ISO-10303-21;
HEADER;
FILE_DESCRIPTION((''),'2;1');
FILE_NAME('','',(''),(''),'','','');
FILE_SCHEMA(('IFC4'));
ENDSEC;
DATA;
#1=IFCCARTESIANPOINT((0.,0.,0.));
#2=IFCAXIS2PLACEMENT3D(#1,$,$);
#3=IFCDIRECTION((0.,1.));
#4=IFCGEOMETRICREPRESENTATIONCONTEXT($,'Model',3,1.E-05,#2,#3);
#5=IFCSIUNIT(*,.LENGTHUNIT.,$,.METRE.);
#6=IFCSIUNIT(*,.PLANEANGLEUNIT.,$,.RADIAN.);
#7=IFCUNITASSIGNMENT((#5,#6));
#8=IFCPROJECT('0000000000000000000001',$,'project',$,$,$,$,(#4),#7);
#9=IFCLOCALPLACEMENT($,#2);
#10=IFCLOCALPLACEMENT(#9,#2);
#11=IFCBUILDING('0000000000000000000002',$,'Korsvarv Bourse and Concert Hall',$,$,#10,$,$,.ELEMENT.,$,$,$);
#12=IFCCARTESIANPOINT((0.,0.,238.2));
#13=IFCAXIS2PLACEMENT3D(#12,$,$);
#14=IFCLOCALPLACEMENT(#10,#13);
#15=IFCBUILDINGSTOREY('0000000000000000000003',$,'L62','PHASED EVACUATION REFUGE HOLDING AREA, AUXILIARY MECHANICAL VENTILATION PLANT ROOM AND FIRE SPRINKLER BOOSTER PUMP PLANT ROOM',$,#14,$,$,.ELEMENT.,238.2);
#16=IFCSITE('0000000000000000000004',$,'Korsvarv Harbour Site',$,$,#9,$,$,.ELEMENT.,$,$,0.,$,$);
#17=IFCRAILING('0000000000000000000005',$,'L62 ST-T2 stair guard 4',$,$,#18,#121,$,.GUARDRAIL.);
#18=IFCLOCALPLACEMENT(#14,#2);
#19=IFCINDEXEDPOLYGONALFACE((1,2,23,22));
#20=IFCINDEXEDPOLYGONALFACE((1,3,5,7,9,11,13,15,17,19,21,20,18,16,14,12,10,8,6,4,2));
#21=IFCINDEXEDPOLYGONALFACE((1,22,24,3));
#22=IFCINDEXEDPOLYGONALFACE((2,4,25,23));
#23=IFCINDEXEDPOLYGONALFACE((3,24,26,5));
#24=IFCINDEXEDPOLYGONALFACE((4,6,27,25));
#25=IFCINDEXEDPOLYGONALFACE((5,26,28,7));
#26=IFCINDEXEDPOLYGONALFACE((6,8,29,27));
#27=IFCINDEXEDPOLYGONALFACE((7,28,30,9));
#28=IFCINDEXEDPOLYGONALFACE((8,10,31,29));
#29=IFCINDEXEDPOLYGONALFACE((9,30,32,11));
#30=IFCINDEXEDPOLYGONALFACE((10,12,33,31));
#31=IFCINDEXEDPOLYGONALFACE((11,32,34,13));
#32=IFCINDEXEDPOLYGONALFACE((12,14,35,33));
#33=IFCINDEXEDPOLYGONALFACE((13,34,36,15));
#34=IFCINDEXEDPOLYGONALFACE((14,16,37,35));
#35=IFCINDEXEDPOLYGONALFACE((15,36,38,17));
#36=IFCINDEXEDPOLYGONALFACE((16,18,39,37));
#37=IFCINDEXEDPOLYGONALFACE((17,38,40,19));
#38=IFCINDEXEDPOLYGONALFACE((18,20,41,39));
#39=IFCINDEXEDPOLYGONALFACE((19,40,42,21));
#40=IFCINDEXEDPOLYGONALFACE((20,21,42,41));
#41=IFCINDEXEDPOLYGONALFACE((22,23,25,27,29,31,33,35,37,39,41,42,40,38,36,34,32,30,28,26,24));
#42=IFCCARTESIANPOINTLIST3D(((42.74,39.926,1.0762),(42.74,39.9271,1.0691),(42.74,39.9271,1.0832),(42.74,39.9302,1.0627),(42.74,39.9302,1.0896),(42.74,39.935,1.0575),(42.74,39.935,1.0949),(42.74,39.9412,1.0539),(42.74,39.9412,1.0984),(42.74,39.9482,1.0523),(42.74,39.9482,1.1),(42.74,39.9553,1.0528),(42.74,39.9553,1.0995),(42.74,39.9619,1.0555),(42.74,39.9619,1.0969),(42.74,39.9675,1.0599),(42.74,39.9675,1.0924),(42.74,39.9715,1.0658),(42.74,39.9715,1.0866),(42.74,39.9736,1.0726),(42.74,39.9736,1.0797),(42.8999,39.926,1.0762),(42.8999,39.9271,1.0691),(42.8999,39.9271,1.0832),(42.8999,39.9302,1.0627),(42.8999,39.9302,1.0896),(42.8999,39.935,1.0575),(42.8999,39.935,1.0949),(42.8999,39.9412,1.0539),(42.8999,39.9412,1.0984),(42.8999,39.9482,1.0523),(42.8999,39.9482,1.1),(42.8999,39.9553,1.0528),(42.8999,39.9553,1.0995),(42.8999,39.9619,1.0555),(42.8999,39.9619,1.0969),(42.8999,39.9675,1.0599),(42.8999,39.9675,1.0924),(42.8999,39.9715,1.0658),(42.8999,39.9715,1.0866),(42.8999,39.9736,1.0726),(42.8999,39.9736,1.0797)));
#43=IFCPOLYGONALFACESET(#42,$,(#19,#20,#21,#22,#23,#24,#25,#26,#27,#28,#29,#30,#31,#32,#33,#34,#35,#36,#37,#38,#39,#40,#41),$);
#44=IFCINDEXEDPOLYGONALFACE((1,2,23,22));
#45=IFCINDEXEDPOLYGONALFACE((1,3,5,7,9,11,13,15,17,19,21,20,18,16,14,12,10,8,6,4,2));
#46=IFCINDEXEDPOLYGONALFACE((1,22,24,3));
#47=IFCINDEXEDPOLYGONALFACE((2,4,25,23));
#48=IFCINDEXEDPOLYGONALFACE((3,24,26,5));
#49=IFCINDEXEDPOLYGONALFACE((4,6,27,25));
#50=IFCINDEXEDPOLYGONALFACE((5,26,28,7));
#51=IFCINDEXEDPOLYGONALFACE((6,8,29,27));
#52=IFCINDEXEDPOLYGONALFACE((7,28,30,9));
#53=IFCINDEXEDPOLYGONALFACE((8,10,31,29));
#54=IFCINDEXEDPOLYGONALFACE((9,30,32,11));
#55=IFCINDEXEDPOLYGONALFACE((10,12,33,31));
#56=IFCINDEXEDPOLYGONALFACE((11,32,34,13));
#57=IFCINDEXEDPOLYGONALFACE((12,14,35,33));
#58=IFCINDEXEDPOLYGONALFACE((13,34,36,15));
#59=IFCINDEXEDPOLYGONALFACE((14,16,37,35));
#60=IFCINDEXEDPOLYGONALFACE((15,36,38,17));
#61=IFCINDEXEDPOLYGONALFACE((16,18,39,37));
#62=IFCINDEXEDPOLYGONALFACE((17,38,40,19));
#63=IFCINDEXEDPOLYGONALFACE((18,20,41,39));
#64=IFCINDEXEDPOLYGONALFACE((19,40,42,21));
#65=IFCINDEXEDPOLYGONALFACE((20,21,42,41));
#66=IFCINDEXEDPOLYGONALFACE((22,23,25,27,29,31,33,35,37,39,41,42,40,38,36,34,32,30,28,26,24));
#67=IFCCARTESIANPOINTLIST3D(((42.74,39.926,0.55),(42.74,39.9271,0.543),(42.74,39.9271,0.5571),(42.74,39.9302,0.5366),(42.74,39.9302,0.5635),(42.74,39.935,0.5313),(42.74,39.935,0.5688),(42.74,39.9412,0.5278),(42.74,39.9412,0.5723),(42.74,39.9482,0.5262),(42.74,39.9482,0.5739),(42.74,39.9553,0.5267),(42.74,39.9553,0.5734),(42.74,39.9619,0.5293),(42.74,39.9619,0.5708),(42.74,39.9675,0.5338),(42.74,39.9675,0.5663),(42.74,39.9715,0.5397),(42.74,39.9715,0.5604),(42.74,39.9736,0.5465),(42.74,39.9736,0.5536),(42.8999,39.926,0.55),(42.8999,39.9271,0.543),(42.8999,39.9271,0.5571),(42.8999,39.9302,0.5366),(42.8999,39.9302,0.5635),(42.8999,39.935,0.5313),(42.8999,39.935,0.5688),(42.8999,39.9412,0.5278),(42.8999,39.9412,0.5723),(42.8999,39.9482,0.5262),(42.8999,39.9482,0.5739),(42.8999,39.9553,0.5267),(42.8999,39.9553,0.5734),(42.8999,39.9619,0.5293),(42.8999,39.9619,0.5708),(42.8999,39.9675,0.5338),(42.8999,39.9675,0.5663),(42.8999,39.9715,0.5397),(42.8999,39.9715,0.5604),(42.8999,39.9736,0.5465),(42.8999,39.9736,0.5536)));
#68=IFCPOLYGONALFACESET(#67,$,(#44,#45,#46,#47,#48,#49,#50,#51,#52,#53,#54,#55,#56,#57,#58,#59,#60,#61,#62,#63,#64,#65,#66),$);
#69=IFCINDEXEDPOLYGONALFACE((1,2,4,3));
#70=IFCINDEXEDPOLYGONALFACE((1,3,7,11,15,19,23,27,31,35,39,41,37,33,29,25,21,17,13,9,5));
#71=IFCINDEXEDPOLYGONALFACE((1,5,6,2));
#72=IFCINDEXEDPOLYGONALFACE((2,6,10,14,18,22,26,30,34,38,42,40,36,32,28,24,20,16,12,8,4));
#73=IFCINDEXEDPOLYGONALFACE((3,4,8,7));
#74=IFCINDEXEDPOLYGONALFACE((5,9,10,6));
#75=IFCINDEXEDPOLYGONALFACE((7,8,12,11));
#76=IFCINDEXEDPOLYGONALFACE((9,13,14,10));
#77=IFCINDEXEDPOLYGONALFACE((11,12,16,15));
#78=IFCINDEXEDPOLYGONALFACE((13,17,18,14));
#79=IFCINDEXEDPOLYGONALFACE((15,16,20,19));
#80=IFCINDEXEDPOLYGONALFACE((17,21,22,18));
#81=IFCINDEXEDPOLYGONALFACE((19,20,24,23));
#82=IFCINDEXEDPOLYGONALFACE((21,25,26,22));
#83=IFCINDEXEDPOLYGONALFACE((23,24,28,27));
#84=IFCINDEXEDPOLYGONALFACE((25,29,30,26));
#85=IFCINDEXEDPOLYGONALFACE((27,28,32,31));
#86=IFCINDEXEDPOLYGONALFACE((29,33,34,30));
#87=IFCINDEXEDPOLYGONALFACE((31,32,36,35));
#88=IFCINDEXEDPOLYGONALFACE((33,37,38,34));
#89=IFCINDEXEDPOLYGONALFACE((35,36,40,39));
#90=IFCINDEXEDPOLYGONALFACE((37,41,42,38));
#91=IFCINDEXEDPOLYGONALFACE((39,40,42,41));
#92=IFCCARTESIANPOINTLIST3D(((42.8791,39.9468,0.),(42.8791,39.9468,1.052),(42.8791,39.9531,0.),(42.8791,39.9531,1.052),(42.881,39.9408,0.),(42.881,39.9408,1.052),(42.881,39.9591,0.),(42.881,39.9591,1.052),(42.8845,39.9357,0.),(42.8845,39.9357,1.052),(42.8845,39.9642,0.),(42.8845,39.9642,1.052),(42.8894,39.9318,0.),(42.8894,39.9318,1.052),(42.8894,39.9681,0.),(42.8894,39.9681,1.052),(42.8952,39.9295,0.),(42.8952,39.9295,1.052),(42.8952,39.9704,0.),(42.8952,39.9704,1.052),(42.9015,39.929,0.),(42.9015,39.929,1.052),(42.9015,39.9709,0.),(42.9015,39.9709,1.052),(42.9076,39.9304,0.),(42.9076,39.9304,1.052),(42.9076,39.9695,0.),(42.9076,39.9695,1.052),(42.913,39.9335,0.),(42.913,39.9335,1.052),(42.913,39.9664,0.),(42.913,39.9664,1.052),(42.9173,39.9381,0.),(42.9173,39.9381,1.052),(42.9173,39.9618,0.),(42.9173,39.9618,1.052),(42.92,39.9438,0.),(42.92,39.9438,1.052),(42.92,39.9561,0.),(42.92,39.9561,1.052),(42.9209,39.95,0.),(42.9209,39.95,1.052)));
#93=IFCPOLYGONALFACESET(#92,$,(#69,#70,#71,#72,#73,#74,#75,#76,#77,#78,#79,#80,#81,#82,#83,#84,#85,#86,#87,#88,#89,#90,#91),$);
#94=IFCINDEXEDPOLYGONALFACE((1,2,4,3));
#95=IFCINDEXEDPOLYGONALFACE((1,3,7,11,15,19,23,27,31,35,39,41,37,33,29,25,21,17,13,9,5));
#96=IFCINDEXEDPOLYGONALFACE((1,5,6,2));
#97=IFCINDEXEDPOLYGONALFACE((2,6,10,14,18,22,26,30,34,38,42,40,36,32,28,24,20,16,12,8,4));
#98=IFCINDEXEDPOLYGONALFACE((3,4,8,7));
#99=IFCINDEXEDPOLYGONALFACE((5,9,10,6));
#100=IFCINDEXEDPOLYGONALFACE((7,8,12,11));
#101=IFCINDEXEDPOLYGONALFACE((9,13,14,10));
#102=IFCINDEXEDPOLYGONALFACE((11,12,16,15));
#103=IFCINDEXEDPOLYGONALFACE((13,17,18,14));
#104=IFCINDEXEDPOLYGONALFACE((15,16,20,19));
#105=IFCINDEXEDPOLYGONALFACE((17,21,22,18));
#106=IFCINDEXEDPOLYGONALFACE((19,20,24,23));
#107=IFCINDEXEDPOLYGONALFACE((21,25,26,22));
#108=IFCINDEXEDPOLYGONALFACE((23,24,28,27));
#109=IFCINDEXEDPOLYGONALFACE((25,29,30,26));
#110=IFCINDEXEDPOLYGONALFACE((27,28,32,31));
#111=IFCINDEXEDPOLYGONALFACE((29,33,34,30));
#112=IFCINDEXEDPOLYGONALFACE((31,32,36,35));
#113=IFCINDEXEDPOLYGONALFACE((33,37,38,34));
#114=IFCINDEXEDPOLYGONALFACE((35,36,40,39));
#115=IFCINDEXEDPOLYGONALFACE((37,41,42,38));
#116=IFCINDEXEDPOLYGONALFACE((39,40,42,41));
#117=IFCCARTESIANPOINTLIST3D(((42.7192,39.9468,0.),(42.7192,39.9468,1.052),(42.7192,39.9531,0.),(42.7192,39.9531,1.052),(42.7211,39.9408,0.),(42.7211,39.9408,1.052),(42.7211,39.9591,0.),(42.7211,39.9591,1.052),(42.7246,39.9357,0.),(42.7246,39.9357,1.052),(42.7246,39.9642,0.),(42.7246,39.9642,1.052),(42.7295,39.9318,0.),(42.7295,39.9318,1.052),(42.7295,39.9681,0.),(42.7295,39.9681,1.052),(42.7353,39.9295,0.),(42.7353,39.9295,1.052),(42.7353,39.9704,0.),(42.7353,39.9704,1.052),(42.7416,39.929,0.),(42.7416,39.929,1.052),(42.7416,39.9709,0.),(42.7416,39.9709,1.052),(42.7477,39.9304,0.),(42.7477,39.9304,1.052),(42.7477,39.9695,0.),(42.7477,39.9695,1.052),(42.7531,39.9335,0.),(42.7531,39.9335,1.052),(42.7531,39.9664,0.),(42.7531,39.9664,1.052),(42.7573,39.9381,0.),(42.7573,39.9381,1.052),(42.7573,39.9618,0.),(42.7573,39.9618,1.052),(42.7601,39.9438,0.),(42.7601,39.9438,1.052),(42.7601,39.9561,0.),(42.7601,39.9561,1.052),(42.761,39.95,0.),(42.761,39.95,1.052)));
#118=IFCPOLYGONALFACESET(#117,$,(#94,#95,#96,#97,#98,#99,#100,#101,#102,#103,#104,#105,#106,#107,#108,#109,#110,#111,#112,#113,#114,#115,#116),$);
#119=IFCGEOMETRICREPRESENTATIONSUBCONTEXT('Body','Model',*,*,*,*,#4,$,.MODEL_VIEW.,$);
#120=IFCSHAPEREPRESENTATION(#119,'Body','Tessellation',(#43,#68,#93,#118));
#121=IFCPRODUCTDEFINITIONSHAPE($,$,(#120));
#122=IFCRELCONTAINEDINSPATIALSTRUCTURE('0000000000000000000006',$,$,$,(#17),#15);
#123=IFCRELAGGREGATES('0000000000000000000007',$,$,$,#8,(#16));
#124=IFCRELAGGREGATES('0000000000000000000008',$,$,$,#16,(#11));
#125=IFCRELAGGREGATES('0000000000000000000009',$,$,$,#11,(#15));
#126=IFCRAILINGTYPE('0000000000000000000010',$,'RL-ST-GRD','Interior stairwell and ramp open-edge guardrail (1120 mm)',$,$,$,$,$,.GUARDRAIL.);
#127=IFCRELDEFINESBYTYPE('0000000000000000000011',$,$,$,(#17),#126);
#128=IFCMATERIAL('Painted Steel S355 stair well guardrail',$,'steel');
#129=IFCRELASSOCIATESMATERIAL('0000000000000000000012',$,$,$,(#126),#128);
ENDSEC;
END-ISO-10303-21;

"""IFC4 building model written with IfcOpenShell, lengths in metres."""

from ifc_helpers import new_model, si_unit, direction, frame, origin, origin_2d, place, context, subcontext, project, spatial, circle, extrude, material, type_object, element, save


model = new_model("IFC4")

# Units and contexts
model_context = context("Model", 3, precision=1e-05, world=origin(), true_north=direction((0.0, 1.0)))
body_context = subcontext(model_context, "Body", "Model", "MODEL_VIEW")
ifc_project = project(units=[si_unit("LENGTHUNIT", "METRE"), si_unit("PLANEANGLEUNIT", "RADIAN")], contexts=[model_context])

# Site, building, storey
site_placement = place(None, origin())
site = spatial("IfcSite", under=ifc_project, at=site_placement, Name="Korsvarv Harbour Site", CompositionType="ELEMENT", RefElevation=0.0)
building_placement = place(site_placement, origin())
building = spatial("IfcBuilding", under=site, at=building_placement, Name="Korsvarv Bourse and Concert Hall", CompositionType="ELEMENT")
storey_placement = place(building_placement, frame((0.0, 0.0, 238.2)))
storey = spatial("IfcBuildingStorey", under=building, at=storey_placement, Name="L62", Description="PHASED EVACUATION REFUGE HOLDING AREA, AUXILIARY MECHANICAL VENTILATION PLANT ROOM AND FIRE SPRINKLER BOOSTER PUMP PLANT ROOM", CompositionType="ELEMENT", Elevation=238.2)

# Railing
ifc_material_1 = material(Name="Painted Steel S355 stair well guardrail", Category="steel")
railing_type_1 = type_object("IfcRailingType", Name="RL-ST-GRD", Description="Interior stairwell and ramp open-edge guardrail (1120 mm)", PredefinedType="GUARDRAIL", material=ifc_material_1)
railing_1_placement = place(storey_placement, frame((42.8999, 39.95, 0.0)))
element("IfcRailing", 1, at=railing_1_placement, inside=storey, type_object=railing_type_1, Name="L62 ST-T2 stair guard 4", PredefinedType="GUARDRAIL", context=body_context, shape_type="SweptSolid", body=[
    extrude(circle(Radius=0.0239, at=origin_2d()), frame((0.0, 0.0, 1.0762), z_axis=(-1.0, 0.0, 0.0), x_axis=(0.0, -1.0, 0.0)), (0.0, 0.0, 1.0), 0.1599),
    extrude(circle(Radius=0.0239, at=origin_2d()), frame((0.0, 0.0, 0.55), z_axis=(-1.0, 0.0, 0.0), x_axis=(0.0, -1.0, 0.0)), (0.0, 0.0, 1.0), 0.1599),
    extrude(circle(Radius=0.021, at=origin_2d()), origin(), (0.0, 0.0, 1.0), 1.052),
    extrude(circle(Radius=0.021, at=origin_2d()), frame((-0.1599, 0.0, 0.0)), (0.0, 0.0, 1.0), 1.052),
])

save(model, "model.ifc")
